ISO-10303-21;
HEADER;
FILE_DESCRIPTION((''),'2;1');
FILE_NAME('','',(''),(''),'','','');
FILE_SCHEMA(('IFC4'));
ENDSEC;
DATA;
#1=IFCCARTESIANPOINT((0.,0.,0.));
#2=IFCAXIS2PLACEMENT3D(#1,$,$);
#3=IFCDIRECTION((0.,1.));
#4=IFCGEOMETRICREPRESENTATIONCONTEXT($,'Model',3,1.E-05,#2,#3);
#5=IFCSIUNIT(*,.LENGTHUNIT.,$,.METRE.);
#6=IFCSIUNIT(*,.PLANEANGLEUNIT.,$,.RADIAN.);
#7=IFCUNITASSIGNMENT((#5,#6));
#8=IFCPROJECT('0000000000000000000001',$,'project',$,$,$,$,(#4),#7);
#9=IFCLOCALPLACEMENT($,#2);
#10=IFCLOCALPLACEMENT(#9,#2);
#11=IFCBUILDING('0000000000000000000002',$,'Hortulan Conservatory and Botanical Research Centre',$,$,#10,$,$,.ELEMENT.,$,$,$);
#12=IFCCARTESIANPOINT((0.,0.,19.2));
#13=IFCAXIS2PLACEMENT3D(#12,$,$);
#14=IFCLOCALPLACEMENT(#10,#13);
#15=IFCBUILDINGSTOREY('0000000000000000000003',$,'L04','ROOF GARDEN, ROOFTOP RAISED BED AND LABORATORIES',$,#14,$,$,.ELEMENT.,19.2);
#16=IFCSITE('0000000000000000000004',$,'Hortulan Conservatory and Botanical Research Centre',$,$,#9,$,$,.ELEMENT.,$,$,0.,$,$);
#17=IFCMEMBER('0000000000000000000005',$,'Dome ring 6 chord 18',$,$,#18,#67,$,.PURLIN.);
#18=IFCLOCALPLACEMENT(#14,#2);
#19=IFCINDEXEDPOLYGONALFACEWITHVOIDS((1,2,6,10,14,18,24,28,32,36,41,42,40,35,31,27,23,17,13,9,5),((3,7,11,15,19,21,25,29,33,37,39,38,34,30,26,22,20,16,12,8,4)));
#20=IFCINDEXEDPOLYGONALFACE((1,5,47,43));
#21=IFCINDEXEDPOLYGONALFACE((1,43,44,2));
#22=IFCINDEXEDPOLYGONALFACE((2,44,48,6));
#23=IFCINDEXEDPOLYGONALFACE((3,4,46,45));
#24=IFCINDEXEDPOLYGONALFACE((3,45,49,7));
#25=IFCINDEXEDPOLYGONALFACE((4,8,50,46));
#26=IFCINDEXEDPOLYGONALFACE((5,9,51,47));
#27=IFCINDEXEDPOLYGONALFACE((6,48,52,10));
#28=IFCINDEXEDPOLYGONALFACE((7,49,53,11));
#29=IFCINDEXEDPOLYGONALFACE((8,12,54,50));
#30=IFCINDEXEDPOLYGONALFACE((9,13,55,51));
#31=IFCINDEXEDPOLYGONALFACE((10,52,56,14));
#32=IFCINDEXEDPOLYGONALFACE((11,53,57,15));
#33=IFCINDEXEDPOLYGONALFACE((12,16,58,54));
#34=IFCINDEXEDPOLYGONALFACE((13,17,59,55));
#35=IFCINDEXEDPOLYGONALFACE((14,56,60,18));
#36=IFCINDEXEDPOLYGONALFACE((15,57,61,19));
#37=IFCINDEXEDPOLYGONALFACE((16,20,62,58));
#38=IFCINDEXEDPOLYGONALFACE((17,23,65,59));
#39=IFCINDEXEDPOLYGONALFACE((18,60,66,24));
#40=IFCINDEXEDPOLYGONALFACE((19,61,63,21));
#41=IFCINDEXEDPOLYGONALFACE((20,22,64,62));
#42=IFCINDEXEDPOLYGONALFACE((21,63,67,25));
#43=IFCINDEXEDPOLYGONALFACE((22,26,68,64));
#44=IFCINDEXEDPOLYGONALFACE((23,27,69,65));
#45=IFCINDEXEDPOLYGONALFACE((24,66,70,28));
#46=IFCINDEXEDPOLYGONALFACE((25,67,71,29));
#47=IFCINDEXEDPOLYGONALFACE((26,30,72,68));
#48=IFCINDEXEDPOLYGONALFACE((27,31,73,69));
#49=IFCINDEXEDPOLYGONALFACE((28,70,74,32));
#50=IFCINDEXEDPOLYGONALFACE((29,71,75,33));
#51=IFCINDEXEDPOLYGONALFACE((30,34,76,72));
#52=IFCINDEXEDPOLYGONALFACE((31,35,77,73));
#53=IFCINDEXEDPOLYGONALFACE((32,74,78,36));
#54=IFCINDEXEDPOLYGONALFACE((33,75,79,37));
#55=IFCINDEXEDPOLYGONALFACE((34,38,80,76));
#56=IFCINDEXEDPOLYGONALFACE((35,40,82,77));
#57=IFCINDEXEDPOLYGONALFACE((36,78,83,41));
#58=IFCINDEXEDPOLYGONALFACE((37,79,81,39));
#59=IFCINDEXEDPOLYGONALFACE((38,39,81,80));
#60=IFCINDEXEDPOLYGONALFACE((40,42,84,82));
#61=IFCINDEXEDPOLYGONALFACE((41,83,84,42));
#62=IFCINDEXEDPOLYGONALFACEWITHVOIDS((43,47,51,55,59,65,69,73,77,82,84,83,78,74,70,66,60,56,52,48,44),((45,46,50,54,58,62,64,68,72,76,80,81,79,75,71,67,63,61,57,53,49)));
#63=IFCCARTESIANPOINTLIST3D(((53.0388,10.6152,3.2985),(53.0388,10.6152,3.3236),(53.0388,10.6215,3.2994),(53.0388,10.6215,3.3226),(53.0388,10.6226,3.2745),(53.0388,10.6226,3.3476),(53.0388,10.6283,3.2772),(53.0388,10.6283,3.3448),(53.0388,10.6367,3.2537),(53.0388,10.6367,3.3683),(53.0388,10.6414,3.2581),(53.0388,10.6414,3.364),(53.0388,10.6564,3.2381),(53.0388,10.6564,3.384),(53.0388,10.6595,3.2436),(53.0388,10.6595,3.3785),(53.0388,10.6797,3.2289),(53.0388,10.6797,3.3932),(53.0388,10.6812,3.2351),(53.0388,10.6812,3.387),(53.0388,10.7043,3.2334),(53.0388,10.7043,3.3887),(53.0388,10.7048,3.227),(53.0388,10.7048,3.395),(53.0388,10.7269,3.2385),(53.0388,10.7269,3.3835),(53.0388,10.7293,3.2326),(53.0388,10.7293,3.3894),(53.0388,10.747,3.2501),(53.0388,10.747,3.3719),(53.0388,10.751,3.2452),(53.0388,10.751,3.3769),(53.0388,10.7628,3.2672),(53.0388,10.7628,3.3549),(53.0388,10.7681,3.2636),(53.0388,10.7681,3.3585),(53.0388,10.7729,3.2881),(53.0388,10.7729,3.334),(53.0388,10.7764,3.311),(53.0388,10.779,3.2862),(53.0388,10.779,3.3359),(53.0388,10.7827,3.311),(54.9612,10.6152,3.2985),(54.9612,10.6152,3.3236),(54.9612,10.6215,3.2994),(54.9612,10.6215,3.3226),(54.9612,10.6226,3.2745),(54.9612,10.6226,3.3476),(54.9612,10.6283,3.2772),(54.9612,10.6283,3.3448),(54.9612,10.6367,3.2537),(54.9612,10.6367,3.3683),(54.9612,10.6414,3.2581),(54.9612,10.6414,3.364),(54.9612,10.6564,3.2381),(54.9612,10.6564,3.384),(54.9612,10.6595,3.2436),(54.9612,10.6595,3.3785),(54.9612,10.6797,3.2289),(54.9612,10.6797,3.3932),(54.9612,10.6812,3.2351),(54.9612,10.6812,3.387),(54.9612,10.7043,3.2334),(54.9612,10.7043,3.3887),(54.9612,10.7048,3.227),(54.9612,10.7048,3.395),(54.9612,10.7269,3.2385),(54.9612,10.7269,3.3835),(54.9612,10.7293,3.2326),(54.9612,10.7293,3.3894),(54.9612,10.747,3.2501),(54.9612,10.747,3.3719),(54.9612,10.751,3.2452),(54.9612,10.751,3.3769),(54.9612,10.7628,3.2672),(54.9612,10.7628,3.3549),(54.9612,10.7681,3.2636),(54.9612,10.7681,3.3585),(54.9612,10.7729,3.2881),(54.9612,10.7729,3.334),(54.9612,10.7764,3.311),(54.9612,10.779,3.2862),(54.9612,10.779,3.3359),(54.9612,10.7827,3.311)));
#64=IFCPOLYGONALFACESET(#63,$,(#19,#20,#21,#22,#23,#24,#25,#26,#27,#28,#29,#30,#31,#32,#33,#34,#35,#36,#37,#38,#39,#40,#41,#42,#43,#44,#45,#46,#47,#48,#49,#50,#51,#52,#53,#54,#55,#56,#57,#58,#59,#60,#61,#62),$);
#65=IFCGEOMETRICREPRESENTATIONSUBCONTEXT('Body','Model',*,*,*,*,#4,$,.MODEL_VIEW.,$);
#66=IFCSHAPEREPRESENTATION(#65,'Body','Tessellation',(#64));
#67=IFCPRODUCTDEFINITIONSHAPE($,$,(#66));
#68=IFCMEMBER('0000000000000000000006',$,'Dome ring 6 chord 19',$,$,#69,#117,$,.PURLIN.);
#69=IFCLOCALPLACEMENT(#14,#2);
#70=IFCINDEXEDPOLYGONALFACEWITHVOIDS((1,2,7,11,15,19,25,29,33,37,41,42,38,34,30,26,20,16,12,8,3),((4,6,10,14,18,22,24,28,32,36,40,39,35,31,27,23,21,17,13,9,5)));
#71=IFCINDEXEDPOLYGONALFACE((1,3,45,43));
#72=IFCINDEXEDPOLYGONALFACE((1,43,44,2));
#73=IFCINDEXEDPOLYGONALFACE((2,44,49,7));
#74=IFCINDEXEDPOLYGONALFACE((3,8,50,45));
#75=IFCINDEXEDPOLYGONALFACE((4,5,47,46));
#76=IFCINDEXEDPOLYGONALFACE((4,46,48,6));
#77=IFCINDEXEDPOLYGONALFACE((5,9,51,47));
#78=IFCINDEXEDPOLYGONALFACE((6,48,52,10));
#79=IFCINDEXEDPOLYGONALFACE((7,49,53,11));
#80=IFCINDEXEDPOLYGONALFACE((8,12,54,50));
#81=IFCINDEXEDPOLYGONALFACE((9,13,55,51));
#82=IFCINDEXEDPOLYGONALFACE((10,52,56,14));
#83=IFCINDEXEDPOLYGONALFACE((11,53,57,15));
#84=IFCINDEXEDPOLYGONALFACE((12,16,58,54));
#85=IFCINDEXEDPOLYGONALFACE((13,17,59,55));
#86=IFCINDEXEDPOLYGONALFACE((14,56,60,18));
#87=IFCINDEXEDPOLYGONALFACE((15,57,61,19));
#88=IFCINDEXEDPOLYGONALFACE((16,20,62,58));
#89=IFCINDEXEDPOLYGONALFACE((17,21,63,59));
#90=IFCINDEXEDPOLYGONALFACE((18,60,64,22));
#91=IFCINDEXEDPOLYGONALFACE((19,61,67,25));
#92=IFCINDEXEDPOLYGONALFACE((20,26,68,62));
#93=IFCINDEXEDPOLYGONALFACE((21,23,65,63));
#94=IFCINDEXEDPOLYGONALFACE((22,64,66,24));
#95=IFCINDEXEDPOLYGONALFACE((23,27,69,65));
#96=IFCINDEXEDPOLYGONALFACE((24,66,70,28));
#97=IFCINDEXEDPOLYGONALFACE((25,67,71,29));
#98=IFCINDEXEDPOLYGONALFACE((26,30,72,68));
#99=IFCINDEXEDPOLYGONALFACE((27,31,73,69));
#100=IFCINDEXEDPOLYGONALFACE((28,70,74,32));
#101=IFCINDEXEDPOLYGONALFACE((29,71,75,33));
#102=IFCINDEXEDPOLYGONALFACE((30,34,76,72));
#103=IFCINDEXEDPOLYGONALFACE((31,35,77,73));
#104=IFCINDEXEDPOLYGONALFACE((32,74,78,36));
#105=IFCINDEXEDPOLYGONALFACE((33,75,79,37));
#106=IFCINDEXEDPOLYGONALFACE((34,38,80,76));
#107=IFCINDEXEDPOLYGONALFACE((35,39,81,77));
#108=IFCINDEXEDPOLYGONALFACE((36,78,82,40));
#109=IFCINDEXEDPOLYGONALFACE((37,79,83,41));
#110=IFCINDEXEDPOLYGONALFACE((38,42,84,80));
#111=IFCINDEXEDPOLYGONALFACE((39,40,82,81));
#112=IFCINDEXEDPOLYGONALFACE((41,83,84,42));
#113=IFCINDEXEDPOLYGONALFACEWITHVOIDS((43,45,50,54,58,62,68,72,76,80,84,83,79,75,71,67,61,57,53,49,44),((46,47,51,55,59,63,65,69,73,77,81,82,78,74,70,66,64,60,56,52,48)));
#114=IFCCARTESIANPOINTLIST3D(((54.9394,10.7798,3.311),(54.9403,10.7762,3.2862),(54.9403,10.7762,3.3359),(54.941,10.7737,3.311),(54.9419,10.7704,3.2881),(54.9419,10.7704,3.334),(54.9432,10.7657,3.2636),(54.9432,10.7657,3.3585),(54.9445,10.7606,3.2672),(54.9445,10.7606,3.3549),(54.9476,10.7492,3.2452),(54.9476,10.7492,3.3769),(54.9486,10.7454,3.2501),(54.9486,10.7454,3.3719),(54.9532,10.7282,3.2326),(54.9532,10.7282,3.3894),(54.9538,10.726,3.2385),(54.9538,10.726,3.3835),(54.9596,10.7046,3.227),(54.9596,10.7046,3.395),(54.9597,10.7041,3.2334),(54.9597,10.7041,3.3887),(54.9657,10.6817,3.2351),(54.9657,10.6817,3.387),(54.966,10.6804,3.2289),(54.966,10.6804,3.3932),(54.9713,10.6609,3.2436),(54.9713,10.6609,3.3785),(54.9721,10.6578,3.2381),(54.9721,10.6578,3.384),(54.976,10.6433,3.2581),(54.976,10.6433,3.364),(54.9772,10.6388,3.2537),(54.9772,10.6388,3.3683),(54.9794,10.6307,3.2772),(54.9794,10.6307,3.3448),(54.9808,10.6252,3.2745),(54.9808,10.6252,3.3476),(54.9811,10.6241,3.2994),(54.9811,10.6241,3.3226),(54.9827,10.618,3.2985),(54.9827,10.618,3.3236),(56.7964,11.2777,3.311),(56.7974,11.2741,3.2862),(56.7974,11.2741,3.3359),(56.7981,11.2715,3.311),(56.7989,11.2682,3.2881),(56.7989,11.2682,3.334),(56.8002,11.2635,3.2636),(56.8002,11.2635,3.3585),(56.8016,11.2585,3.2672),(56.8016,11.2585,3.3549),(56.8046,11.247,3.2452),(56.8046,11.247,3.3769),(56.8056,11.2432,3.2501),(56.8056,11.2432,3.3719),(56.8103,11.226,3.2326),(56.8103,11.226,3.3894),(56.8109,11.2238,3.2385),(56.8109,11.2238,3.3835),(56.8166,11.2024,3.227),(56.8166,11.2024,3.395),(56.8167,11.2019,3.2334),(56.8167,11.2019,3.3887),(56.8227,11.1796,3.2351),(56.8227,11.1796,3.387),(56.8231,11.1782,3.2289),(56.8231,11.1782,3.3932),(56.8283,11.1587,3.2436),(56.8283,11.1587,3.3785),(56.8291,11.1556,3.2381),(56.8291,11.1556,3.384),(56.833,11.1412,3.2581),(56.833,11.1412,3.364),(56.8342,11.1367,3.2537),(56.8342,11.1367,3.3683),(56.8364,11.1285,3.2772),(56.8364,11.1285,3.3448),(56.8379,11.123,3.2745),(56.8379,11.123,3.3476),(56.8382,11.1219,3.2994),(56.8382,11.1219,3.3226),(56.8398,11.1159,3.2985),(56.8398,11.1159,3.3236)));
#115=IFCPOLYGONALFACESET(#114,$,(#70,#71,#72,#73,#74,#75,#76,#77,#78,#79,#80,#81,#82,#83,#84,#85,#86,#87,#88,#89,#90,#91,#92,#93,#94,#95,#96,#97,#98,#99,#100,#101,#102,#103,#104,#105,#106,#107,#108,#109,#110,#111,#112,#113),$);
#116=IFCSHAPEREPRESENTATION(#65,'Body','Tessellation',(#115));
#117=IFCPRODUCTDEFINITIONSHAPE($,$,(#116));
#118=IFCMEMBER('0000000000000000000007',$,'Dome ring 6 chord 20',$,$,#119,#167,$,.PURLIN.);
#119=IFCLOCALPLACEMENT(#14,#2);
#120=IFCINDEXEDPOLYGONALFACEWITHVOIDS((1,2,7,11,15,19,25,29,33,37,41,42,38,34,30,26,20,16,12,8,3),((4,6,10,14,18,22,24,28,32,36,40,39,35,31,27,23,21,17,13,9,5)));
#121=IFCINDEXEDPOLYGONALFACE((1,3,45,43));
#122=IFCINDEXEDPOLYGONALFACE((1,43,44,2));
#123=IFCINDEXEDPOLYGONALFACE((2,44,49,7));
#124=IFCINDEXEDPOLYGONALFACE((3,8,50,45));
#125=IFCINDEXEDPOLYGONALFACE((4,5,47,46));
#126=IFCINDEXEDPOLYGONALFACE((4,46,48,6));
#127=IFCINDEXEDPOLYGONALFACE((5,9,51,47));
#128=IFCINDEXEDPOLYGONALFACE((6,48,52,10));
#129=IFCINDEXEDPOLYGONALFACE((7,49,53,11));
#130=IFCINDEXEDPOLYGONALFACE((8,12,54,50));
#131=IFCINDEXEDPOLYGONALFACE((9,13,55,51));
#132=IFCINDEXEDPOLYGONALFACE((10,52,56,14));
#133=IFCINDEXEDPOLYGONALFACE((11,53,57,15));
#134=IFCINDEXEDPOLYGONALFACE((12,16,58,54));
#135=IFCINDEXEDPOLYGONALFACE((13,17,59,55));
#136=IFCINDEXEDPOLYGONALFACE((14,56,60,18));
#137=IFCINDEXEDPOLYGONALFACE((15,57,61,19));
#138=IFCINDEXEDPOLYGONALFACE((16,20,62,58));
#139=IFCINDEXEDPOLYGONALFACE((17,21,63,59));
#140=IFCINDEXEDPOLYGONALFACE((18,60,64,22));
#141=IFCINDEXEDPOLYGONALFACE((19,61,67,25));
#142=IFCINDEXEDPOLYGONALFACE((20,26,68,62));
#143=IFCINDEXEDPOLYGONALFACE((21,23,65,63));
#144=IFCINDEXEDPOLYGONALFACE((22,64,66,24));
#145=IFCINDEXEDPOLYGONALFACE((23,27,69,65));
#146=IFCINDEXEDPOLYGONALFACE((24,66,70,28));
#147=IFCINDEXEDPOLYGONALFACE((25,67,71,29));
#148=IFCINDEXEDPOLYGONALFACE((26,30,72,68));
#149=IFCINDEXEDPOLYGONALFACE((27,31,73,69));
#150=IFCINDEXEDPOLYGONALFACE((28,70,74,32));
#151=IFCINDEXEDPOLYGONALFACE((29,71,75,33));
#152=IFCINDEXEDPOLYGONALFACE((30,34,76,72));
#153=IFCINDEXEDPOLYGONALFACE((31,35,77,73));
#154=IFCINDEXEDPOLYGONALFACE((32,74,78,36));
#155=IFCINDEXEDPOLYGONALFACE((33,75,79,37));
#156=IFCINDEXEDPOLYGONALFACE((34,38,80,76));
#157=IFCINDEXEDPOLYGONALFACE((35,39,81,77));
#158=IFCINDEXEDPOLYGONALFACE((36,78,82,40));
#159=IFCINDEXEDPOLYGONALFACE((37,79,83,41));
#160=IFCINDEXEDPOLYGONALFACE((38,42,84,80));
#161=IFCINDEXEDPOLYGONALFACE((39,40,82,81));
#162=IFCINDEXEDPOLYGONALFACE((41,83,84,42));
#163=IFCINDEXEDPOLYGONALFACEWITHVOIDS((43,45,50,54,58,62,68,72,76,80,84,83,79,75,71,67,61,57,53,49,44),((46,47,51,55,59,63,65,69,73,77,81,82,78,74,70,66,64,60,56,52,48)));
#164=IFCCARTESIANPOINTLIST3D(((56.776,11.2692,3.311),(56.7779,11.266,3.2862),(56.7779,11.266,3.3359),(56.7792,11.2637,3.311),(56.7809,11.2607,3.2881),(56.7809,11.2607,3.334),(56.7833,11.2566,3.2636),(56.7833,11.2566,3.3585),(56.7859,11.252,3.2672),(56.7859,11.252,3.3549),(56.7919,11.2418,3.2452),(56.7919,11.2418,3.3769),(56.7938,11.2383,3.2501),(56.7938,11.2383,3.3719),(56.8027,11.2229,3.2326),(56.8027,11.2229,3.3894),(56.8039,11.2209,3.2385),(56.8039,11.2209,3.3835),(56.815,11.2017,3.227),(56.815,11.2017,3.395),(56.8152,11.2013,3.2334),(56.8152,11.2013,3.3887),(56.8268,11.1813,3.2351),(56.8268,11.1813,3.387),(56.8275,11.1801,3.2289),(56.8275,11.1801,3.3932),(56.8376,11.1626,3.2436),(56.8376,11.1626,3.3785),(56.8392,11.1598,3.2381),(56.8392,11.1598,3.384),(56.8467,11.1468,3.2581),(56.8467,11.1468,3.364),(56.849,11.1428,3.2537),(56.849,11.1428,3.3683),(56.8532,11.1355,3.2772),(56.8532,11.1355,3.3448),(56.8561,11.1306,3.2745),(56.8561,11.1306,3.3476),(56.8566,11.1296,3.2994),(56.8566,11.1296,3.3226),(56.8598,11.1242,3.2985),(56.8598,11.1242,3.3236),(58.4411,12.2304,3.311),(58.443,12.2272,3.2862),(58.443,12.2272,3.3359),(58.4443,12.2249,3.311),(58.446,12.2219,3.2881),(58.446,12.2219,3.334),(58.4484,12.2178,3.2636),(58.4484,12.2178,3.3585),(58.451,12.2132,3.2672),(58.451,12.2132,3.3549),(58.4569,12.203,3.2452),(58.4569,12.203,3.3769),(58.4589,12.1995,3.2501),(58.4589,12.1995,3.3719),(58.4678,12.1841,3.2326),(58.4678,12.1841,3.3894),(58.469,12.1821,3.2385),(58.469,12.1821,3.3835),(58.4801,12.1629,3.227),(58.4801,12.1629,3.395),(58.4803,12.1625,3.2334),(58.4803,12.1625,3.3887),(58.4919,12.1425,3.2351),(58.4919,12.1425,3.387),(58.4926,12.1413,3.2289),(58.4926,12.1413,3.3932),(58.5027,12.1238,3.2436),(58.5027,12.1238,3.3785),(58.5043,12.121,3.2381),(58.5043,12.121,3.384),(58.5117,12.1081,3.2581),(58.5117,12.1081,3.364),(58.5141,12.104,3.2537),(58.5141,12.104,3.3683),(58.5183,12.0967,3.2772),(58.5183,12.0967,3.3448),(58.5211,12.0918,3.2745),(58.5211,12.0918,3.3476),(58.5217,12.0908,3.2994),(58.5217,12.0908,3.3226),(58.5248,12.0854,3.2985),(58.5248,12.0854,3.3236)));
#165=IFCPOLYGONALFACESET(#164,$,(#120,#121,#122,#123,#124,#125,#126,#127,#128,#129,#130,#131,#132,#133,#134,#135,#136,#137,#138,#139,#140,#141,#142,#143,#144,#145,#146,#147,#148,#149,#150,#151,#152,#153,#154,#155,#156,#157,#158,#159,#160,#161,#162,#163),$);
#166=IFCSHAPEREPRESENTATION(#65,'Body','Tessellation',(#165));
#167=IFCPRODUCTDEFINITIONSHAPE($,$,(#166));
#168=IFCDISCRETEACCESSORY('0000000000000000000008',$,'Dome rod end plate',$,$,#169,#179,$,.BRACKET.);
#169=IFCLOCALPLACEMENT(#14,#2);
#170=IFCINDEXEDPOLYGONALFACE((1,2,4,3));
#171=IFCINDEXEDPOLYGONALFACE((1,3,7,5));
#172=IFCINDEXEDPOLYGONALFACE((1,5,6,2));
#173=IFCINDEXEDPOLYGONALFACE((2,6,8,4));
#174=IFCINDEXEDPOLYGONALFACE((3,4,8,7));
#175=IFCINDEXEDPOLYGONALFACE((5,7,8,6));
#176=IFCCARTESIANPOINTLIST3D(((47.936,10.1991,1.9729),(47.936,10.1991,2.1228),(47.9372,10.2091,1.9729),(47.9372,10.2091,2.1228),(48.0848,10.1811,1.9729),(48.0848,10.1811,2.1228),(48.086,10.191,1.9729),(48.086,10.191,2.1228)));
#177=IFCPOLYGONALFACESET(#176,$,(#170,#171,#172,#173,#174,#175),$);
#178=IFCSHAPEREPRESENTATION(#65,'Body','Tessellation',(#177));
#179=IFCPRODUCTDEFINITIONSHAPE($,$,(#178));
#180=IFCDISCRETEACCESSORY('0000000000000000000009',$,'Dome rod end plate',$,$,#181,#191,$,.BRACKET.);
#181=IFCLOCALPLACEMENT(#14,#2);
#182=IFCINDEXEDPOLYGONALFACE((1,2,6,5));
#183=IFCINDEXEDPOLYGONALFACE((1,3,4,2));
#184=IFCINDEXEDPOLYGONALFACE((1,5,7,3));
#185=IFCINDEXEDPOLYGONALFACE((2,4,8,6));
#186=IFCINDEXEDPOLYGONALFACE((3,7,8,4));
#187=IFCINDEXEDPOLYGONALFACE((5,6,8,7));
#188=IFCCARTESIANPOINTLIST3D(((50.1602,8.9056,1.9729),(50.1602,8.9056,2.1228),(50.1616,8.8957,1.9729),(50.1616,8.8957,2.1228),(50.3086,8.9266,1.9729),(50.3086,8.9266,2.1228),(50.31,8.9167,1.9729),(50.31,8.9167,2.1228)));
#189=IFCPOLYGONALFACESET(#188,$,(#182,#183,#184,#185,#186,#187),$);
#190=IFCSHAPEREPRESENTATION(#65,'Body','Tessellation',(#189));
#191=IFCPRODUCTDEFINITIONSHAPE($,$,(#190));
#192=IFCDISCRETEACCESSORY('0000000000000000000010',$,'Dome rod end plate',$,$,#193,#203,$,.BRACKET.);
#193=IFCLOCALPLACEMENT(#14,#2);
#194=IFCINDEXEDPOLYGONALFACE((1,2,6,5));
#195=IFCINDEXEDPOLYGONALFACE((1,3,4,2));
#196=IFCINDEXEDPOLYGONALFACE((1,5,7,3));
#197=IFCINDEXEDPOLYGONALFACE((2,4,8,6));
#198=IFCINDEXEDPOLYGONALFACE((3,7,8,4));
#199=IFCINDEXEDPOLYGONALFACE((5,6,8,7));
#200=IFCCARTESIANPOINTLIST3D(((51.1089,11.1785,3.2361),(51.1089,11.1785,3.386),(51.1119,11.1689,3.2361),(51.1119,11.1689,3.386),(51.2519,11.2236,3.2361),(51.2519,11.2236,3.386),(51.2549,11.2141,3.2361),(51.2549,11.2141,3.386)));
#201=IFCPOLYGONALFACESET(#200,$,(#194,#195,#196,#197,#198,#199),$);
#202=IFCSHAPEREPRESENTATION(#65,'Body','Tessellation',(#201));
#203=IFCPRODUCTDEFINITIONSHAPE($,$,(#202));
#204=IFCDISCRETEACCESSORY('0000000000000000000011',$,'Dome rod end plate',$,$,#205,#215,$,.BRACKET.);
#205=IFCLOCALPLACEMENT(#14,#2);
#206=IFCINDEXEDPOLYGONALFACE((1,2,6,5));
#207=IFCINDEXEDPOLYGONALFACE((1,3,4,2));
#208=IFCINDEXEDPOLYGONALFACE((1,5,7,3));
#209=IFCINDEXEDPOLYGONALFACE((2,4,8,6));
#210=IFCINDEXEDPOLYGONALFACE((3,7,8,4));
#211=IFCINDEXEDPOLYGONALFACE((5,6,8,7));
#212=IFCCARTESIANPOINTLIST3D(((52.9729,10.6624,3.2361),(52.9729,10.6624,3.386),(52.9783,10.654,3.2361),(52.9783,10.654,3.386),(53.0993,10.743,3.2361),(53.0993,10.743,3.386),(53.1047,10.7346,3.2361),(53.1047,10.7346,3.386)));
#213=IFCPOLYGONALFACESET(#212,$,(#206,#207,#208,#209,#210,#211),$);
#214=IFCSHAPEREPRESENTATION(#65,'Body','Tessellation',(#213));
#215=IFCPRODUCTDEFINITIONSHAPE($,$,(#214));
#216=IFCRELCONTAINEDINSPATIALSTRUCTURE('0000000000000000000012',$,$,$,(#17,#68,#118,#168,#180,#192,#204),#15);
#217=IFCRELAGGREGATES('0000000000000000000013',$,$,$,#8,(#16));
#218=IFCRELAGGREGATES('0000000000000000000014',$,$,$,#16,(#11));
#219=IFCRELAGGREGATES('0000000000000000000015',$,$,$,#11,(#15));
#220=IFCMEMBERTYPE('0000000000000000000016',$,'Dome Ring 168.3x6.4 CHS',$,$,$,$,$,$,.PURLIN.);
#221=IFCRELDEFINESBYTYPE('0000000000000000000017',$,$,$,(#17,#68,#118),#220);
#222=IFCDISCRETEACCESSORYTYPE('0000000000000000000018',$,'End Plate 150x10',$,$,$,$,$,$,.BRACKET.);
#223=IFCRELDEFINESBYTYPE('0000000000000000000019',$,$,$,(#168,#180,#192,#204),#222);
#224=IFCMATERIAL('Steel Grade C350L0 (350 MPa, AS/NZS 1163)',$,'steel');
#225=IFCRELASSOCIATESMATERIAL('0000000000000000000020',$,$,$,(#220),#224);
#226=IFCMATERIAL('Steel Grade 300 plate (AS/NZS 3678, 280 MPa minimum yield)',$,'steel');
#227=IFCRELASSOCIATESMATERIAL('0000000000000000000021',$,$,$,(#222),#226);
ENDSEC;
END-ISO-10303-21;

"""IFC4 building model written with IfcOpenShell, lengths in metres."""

from ifc_helpers import new_model, si_unit, direction, frame, origin, origin_2d, place, context, subcontext, project, spatial, rectangle, hollow_circle, extrude, material, material_profile, profile_set, type_object, element, save


model = new_model("IFC4")

# Units and contexts
model_context = context("Model", 3, precision=1e-05, world=origin(), true_north=direction((0.0, 1.0)))
body_context = subcontext(model_context, "Body", "Model", "MODEL_VIEW")
ifc_project = project(units=[si_unit("LENGTHUNIT", "METRE"), si_unit("PLANEANGLEUNIT", "RADIAN")], contexts=[model_context])

# Site, building, storey
site_placement = place(None, origin())
site = spatial("IfcSite", under=ifc_project, at=site_placement, Name="Hortulan Conservatory and Botanical Research Centre", CompositionType="ELEMENT", RefElevation=0.0)
building_placement = place(site_placement, origin())
building = spatial("IfcBuilding", under=site, at=building_placement, Name="Hortulan Conservatory and Botanical Research Centre", CompositionType="ELEMENT")
storey_placement = place(building_placement, frame((0.0, 0.0, 19.2)))
storey = spatial("IfcBuildingStorey", under=building, at=storey_placement, Name="L04", Description="ROOF GARDEN, ROOFTOP RAISED BED AND LABORATORIES", CompositionType="ELEMENT", Elevation=19.2)

# Shared definitions
ifc_material_1 = material(Name="Steel Grade C350L0 (350 MPa, AS/NZS 1163)", Category="steel")

# Members
ifc_material_profile_1 = material_profile(ifc_material_1, hollow_circle(Radius=0.0842, WallThickness=0.0063, at=origin_2d()), Name="168.3x6.4CHS")
ifc_profile_set_1 = profile_set([ifc_material_profile_1], Name="Steel Grade C350L0 (350 MPa, AS/NZS 1163)")
member_type_1 = type_object("IfcMemberType", Name="Dome Ring 168.3x6.4 CHS", PredefinedType="PURLIN", material=ifc_profile_set_1)
member_1_placement = place(storey_placement, frame((53.0388, 10.6985, 3.311), z_axis=(1.0, 0.0, 0.0), x_axis=(0.0, 1.0, 0.0)))
element("IfcMember", 1, at=member_1_placement, inside=storey, type_object=member_type_1, Name="Dome ring 6 chord 18", PredefinedType="PURLIN", context=body_context, shape_type="SweptSolid", body=[
    extrude(hollow_circle(Radius=0.0842, WallThickness=0.0063, at=origin_2d()), origin(), (0.0, 0.0, 1.0), 1.9224),
])
for number, where, z_axis, x_axis, name in (
    (2, (54.9612, 10.6985, 3.311), (0.965895, 0.258935, 0.0), (-0.258935, 0.965895, 0.0), "Dome ring 6 chord 19"),
    (3, (56.8181, 11.1963, 3.311), (0.866054, 0.49995, 0.0), (-0.49995, 0.866054, 0.0), "Dome ring 6 chord 20"),
):
    element("IfcMember", number, at=place(storey_placement, frame(where, z_axis=z_axis, x_axis=x_axis)), inside=storey, type_object=member_type_1, Name=name, PredefinedType="PURLIN", context=body_context, shape_type="SweptSolid", body=[
        extrude(hollow_circle(Radius=0.0842, WallThickness=0.0063, at=origin_2d()), origin(), (0.0, 0.0, 1.0), 1.9226),
    ])

# Discrete accessories
ifc_material_2 = material(Name="Steel Grade 300 plate (AS/NZS 3678, 280 MPa minimum yield)", Category="steel")
discrete_accessory_type = type_object("IfcDiscreteAccessoryType", Name="End Plate 150x10", PredefinedType="BRACKET", material=ifc_material_2)
for number, where, z_axis, x_axis, name in (
    (4, (48.011, 10.1951, 1.9729), (0.0, 0.0, 1.0), (0.992692, -0.120674, 0.0), "Dome rod end plate"),
    (5, (50.2351, 8.9111, 1.9729), (0.0, 0.0, 1.0), (0.990092, 0.140417, 0.0), "Dome rod end plate"),
    (6, (51.1819, 11.1963, 3.2361), (0.0, 0.0, 1.0), (0.953596, 0.301089, 0.0), "Dome rod end plate"),
    (7, (53.0388, 10.6985, 3.2361), (0.0, 0.0, 1.0), (0.843204, 0.537594, 0.0), "Dome rod end plate"),
):
    element("IfcDiscreteAccessory", number, at=place(storey_placement, frame(where, z_axis=z_axis, x_axis=x_axis)), inside=storey, type_object=discrete_accessory_type, Name=name, PredefinedType="BRACKET", context=body_context, shape_type="SweptSolid", body=[
        extrude(rectangle(XDim=0.1499, YDim=0.01, at=origin_2d()), origin(), (0.0, 0.0, 1.0), 0.1499),
    ])

save(model, "model.ifc")
